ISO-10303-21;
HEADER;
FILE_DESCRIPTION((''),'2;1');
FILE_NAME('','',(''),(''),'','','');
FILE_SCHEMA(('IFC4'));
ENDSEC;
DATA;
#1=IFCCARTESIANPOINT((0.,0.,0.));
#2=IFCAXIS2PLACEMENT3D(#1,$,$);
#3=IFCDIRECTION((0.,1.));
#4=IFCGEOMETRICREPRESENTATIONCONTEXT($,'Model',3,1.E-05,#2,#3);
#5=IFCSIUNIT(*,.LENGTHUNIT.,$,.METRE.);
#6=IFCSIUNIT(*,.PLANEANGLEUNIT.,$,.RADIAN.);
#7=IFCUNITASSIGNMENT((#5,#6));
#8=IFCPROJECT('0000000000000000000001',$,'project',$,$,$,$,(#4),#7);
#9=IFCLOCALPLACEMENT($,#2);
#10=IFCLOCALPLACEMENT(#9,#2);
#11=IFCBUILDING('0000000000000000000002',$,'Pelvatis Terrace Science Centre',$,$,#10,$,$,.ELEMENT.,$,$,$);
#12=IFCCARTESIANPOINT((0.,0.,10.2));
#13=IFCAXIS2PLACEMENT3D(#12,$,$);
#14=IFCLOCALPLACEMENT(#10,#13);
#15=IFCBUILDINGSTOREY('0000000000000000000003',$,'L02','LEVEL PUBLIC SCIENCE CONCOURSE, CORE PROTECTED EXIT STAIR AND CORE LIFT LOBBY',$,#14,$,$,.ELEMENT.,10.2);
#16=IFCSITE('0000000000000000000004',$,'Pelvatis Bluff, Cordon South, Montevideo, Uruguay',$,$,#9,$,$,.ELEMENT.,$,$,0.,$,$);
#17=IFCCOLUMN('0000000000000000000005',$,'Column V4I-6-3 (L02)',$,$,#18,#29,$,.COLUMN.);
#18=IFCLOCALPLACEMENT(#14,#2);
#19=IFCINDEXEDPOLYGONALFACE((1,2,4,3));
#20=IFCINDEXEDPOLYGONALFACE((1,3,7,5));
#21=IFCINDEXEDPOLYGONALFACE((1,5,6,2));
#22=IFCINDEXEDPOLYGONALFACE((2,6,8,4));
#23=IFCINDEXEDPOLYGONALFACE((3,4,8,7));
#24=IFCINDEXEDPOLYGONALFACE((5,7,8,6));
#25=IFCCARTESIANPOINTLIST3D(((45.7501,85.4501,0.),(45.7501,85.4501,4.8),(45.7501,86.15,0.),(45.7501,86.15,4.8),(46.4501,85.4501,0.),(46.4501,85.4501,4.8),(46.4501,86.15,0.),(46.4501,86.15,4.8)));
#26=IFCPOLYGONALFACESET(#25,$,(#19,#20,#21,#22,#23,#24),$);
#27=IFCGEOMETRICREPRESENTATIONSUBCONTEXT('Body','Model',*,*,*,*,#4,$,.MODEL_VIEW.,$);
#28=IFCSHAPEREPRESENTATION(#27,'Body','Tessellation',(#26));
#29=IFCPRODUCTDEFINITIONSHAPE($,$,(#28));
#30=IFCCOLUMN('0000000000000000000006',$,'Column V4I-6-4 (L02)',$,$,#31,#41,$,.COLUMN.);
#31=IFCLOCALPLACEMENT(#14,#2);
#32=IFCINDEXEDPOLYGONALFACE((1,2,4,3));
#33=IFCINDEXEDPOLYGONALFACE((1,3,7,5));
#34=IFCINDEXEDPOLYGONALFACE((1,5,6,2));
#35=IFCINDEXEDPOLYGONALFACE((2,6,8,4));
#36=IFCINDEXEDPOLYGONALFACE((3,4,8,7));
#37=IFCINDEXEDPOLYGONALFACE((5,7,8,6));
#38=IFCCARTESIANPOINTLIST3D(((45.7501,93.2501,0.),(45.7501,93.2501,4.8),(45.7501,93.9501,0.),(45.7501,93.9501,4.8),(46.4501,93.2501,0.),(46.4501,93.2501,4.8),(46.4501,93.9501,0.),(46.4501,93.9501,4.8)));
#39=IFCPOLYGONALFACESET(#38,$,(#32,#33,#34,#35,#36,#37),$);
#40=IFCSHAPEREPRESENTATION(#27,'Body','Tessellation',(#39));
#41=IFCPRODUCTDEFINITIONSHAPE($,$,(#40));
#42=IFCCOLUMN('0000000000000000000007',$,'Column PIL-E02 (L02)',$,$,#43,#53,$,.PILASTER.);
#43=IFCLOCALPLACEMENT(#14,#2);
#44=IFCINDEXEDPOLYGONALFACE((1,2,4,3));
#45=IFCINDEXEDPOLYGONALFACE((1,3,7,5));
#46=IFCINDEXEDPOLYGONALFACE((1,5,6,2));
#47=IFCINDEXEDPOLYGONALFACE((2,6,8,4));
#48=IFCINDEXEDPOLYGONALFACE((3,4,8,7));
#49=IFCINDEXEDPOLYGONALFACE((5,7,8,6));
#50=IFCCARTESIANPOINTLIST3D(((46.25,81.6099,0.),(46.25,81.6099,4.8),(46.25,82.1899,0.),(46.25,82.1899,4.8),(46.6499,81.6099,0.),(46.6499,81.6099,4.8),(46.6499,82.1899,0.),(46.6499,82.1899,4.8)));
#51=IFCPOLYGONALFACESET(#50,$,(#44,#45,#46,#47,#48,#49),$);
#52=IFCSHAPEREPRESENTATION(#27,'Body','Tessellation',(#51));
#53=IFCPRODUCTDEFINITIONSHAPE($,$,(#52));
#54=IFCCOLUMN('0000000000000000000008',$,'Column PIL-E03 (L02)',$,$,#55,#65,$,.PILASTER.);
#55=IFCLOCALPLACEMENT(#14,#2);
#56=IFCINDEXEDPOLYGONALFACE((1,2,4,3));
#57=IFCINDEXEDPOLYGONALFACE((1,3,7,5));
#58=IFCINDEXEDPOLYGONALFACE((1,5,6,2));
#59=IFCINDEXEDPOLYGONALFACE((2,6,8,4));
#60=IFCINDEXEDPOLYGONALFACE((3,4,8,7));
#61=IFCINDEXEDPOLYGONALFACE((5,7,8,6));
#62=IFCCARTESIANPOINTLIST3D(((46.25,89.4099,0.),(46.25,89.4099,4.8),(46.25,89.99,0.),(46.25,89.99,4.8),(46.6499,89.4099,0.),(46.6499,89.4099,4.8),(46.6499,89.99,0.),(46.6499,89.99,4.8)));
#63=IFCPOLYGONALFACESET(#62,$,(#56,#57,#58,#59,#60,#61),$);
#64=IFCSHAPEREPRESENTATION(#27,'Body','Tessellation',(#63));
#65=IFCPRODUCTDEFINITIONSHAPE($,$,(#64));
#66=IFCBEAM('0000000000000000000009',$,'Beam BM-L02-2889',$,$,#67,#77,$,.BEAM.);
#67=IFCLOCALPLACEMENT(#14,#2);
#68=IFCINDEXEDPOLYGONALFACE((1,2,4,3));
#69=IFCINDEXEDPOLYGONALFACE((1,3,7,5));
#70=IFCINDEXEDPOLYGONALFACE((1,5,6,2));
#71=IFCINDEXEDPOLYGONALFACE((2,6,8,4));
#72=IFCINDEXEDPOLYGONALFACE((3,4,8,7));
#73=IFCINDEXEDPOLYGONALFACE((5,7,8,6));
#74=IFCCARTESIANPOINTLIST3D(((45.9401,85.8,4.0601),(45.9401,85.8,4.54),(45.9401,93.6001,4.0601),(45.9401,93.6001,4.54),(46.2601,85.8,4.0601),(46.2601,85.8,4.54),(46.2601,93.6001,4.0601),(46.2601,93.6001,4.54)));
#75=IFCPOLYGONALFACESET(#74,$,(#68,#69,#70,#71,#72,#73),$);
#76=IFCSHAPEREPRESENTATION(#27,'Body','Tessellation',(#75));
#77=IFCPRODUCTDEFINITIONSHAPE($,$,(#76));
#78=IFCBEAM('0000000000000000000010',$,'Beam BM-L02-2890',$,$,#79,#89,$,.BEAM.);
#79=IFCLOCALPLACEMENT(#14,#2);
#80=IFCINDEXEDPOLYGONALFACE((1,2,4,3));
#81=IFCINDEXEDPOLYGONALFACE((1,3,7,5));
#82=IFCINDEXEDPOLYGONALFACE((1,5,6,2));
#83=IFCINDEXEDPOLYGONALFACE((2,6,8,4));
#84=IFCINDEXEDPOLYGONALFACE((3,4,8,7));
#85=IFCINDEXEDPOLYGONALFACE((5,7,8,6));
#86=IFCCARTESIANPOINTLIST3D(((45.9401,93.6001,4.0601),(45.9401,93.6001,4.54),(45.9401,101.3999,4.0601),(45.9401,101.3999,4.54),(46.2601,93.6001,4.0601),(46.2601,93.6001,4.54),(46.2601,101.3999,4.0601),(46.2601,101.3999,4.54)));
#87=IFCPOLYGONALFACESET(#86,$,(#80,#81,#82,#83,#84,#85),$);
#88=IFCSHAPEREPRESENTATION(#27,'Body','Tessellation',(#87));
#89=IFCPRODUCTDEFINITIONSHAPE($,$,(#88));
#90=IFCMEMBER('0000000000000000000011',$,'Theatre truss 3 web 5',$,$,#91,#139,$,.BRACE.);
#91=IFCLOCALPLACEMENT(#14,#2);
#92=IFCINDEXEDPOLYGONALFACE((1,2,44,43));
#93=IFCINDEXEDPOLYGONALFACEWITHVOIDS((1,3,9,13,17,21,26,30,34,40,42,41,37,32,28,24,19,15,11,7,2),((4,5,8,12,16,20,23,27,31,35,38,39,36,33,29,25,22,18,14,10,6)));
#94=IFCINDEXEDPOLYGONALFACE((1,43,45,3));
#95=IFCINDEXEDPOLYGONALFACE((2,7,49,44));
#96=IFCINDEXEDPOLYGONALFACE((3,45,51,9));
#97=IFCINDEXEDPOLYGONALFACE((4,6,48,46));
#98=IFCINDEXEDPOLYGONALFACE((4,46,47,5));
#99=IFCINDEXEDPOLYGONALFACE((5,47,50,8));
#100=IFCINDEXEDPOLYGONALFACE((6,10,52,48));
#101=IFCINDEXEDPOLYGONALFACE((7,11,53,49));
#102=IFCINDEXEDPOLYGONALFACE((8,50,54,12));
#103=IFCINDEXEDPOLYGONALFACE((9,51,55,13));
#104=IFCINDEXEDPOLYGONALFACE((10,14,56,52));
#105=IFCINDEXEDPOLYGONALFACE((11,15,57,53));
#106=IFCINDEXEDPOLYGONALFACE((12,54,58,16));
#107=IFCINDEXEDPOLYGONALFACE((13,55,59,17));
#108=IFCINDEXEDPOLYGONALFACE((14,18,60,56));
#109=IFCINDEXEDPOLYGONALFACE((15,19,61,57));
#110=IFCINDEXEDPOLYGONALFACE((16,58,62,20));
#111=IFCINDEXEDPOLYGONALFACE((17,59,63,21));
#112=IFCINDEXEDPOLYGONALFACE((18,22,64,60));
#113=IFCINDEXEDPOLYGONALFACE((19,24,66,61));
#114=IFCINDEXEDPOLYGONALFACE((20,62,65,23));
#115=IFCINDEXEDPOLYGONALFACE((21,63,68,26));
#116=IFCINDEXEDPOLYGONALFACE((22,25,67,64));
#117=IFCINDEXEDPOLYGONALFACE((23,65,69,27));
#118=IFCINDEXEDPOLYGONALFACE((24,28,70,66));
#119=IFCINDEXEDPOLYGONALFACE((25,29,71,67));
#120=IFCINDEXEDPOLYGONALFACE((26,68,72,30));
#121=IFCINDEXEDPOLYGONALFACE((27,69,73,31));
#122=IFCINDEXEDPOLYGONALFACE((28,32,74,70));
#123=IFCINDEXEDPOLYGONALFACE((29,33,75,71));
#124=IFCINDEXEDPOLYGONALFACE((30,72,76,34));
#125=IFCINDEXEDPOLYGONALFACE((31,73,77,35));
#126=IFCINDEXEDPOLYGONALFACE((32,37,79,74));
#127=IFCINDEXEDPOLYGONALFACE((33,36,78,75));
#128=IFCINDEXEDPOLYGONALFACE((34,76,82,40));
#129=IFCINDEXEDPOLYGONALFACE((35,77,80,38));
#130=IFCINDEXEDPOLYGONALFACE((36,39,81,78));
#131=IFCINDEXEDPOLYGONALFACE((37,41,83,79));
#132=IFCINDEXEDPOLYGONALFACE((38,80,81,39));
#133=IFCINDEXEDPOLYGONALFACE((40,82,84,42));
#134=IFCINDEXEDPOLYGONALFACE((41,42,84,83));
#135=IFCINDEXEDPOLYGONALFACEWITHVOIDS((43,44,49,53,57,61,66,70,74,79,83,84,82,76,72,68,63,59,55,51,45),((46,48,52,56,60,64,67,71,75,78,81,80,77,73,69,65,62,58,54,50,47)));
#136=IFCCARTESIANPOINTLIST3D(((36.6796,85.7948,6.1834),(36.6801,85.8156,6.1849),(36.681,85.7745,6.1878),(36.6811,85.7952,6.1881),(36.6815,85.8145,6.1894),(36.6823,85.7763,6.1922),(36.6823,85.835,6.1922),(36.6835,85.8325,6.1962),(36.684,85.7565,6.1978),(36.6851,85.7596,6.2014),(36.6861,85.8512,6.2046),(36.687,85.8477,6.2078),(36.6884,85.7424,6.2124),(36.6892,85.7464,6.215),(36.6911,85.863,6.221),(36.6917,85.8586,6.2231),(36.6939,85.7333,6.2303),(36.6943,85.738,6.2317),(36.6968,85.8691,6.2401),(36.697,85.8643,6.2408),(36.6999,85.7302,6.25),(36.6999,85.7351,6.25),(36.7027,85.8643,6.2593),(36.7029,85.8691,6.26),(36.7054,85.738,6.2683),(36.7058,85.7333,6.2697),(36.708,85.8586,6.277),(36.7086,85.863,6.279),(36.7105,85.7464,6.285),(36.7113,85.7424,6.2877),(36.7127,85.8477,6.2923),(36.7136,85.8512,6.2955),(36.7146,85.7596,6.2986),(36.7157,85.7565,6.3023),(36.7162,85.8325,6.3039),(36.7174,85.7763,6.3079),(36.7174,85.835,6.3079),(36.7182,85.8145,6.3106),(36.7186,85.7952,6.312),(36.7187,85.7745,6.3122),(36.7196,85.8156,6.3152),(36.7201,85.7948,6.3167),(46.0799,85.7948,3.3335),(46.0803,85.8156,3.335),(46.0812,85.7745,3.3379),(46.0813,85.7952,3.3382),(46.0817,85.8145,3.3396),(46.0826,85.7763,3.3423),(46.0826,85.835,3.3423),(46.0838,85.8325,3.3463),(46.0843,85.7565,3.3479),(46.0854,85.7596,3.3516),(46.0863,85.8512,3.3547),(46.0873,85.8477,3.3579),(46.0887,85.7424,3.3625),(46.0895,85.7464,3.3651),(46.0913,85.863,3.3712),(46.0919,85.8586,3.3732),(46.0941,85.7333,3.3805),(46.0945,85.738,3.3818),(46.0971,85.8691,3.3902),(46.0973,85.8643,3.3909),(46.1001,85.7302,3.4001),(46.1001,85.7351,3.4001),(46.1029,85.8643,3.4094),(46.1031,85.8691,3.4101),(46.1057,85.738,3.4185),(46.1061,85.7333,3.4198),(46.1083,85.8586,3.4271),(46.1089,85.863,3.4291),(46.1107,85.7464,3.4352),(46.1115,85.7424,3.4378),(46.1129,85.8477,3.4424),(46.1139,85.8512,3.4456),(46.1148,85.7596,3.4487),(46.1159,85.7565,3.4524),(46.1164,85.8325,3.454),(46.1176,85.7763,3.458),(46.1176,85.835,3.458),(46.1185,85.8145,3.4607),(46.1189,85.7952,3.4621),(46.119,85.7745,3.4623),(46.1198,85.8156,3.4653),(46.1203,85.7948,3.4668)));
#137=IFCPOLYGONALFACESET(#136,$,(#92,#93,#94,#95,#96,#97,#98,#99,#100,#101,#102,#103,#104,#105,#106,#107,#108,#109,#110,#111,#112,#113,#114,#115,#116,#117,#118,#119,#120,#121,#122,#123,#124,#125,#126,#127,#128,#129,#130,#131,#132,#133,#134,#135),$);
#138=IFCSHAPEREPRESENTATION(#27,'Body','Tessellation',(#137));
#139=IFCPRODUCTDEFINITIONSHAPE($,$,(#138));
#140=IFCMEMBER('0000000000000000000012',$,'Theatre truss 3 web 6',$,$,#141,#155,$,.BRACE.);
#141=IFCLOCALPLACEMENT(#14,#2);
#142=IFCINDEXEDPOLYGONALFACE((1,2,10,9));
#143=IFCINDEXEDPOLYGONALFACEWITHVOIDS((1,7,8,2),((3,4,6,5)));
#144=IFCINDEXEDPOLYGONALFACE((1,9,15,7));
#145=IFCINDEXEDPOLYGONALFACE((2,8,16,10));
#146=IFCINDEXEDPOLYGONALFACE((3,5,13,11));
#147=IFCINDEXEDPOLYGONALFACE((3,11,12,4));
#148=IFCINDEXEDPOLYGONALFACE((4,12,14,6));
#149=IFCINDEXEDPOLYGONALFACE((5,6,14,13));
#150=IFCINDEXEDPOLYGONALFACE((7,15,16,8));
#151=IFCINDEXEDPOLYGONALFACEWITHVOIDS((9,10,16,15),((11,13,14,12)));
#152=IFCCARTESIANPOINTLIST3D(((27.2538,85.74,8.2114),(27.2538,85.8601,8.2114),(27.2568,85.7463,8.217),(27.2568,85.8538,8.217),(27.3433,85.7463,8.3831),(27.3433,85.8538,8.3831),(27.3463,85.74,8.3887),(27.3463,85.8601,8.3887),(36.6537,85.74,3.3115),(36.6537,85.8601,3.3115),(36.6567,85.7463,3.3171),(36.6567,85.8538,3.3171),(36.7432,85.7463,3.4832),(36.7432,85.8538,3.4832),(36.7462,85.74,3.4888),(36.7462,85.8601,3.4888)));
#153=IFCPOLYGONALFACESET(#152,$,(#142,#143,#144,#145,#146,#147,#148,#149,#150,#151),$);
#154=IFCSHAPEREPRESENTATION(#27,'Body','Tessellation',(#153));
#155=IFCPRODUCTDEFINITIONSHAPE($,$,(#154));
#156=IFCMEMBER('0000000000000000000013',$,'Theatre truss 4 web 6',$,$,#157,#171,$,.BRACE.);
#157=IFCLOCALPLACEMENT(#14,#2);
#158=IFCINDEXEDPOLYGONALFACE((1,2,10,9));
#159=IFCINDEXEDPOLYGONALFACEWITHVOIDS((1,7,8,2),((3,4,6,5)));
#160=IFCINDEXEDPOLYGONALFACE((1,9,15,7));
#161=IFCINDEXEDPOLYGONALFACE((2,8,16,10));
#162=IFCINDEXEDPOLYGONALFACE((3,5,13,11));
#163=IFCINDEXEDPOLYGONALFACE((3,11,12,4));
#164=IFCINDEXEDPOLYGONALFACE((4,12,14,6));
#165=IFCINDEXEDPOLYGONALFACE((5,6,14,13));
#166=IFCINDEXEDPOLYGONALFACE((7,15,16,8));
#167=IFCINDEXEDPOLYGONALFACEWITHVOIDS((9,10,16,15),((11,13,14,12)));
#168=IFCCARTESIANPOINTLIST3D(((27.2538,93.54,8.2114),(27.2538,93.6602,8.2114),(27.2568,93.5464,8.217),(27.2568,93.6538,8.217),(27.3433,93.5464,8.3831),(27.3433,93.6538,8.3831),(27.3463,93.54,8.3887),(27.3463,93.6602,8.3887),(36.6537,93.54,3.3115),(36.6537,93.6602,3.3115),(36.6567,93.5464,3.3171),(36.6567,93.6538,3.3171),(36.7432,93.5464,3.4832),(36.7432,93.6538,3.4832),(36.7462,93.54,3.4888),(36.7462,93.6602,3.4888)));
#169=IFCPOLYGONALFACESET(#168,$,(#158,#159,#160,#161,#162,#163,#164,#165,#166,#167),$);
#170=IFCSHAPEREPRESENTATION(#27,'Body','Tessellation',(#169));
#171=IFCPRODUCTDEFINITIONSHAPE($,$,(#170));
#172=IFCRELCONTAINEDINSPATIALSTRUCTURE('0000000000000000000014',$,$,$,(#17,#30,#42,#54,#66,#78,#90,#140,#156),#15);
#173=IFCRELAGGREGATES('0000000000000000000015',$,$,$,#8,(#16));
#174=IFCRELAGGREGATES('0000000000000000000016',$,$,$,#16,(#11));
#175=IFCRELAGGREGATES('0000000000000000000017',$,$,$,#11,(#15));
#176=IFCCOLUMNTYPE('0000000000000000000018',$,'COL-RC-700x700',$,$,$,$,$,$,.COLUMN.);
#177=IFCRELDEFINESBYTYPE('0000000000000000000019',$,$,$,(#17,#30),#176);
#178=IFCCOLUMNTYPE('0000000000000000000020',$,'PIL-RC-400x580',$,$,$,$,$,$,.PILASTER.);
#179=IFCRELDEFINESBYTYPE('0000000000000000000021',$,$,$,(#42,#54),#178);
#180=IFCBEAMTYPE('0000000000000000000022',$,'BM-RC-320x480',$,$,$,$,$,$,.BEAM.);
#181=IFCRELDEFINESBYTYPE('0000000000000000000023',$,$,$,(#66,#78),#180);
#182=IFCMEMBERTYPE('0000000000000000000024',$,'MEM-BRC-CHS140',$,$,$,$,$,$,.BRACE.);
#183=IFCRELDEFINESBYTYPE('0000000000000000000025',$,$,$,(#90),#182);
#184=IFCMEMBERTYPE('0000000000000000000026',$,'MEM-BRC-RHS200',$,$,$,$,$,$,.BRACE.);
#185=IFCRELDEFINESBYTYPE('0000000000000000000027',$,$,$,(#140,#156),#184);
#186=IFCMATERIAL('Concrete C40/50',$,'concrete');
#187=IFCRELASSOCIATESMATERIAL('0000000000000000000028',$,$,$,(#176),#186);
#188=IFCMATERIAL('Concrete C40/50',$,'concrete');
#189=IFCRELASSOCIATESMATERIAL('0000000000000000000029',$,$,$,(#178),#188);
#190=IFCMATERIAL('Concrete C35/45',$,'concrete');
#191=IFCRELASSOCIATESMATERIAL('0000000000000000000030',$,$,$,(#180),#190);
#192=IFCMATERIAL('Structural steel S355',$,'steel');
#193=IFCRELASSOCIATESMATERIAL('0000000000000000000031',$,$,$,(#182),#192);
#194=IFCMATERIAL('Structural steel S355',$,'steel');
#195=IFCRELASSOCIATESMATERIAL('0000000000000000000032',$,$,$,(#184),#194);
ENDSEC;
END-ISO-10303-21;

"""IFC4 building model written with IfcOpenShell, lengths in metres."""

from ifc_helpers import new_model, si_unit, direction, frame, origin, origin_2d, place, context, subcontext, project, spatial, rectangle, hollow_rectangle, hollow_circle, extrude, material, material_profile, profile_set, type_object, element, save


model = new_model("IFC4")

# Units and contexts
model_context = context("Model", 3, precision=1e-05, world=origin(), true_north=direction((0.0, 1.0)))
body_context = subcontext(model_context, "Body", "Model", "MODEL_VIEW")
ifc_project = project(units=[si_unit("LENGTHUNIT", "METRE"), si_unit("PLANEANGLEUNIT", "RADIAN")], contexts=[model_context])

# Site, building, storey
site_placement = place(None, origin())
site = spatial("IfcSite", under=ifc_project, at=site_placement, Name="Pelvatis Bluff, Cordon South, Montevideo, Uruguay", CompositionType="ELEMENT", RefElevation=0.0)
building_placement = place(site_placement, origin())
building = spatial("IfcBuilding", under=site, at=building_placement, Name="Pelvatis Terrace Science Centre", CompositionType="ELEMENT")
storey_placement = place(building_placement, frame((0.0, 0.0, 10.2)))
storey = spatial("IfcBuildingStorey", under=building, at=storey_placement, Name="L02", Description="LEVEL PUBLIC SCIENCE CONCOURSE, CORE PROTECTED EXIT STAIR AND CORE LIFT LOBBY", CompositionType="ELEMENT", Elevation=10.2)

# Columns
ifc_material_1 = material(Name="Concrete C40/50", Category="concrete")
ifc_material_profile_1 = material_profile(ifc_material_1, rectangle(XDim=0.7, YDim=0.7, at=origin_2d()), Name="RC-COL 700x700")
ifc_profile_set_1 = profile_set([ifc_material_profile_1], Name="Concrete C40/50")
column_type_1 = type_object("IfcColumnType", Name="COL-RC-700x700", PredefinedType="COLUMN", material=ifc_profile_set_1)
for number, where, z_axis, x_axis, name in (
    (1, (46.1001, 85.8, 0.0), (0.0, 0.0, 1.0), (1.0, 0.0, 0.0), "Column V4I-6-3 (L02)"),
    (2, (46.1001, 93.6001, 0.0), (0.0, 0.0, 1.0), (1.0, 0.0, 0.0), "Column V4I-6-4 (L02)"),
):
    element("IfcColumn", number, at=place(storey_placement, frame(where, z_axis=z_axis, x_axis=x_axis)), inside=storey, type_object=column_type_1, Name=name, PredefinedType="COLUMN", context=body_context, shape_type="SweptSolid", body=[
        extrude(rectangle(XDim=0.7, YDim=0.7, at=origin_2d()), origin(), (0.0, 0.0, 1.0), 4.8),
    ])
ifc_material_2 = material(Name="Concrete C40/50", Category="concrete")
ifc_material_profile_2 = material_profile(ifc_material_2, rectangle(XDim=0.3999, YDim=0.5801, at=origin_2d()), Name="RC-PIL 400x580")
ifc_profile_set_2 = profile_set([ifc_material_profile_2], Name="Concrete C40/50")
column_type_2 = type_object("IfcColumnType", Name="PIL-RC-400x580", PredefinedType="PILASTER", material=ifc_profile_set_2)
for number, where, z_axis, x_axis, name in (
    (3, (46.45, 81.8999, 0.0), (0.0, 0.0, 1.0), (1.0, 0.0, 0.0), "Column PIL-E02 (L02)"),
    (4, (46.45, 89.7, 0.0), (0.0, 0.0, 1.0), (1.0, 0.0, 0.0), "Column PIL-E03 (L02)"),
):
    element("IfcColumn", number, at=place(storey_placement, frame(where, z_axis=z_axis, x_axis=x_axis)), inside=storey, type_object=column_type_2, Name=name, PredefinedType="PILASTER", context=body_context, shape_type="SweptSolid", body=[
        extrude(rectangle(XDim=0.3999, YDim=0.5801, at=origin_2d()), origin(), (0.0, 0.0, 1.0), 4.8),
    ])

# Beams
ifc_material_3 = material(Name="Concrete C35/45", Category="concrete")
ifc_material_profile_3 = material_profile(ifc_material_3, rectangle(XDim=0.3201, YDim=0.48, at=origin_2d()), Name="RC-BM 320x480")
ifc_profile_set_3 = profile_set([ifc_material_profile_3], Name="Concrete C35/45")
beam_type = type_object("IfcBeamType", Name="BM-RC-320x480", PredefinedType="BEAM", material=ifc_profile_set_3)
beam_1_placement = place(storey_placement, frame((46.1001, 85.8, 4.3), z_axis=(0.0, 1.0, 0.0), x_axis=(-1.0, 0.0, 0.0)))
element("IfcBeam", 5, at=beam_1_placement, inside=storey, type_object=beam_type, Name="Beam BM-L02-2889", PredefinedType="BEAM", context=body_context, shape_type="SweptSolid", body=[
    extrude(rectangle(XDim=0.3201, YDim=0.48, at=origin_2d()), origin(), (0.0, 0.0, 1.0), 7.8),
])
beam_2_placement = place(storey_placement, frame((46.1001, 93.6001, 4.3), z_axis=(0.0, 1.0, 0.0), x_axis=(-1.0, 0.0, 0.0)))
element("IfcBeam", 6, at=beam_2_placement, inside=storey, type_object=beam_type, Name="Beam BM-L02-2890", PredefinedType="BEAM", context=body_context, shape_type="SweptSolid", body=[
    extrude(rectangle(XDim=0.3201, YDim=0.48, at=origin_2d()), origin(), (0.0, 0.0, 1.0), 7.7998),
])

# Members
ifc_material_4 = material(Name="Structural steel S355", Category="steel")
ifc_material_profile_4 = material_profile(ifc_material_4, hollow_circle(Radius=0.0698, WallThickness=0.0049, at=origin_2d()), Name="CHS 139.7x5.0")
ifc_profile_set_4 = profile_set([ifc_material_profile_4], Name="Structural steel S355")
member_type_1 = type_object("IfcMemberType", Name="MEM-BRC-CHS140", PredefinedType="BRACE", material=ifc_profile_set_4)
member_placement = place(storey_placement, frame((46.1001, 85.8, 3.4001), z_axis=(-0.956987, 0.0, 0.290131), x_axis=(0.0, -1.0, 0.0)))
element("IfcMember", 7, at=member_placement, inside=storey, type_object=member_type_1, Name="Theatre truss 3 web 5", PredefinedType="BRACE", context=body_context, shape_type="SweptSolid", body=[
    extrude(hollow_circle(Radius=0.0698, WallThickness=0.0049, at=origin_2d()), origin(), (0.0, 0.0, 1.0), 9.8228),
])
ifc_material_5 = material(Name="Structural steel S355", Category="steel")
ifc_material_profile_5 = material_profile(ifc_material_5, hollow_rectangle(XDim=0.1201, YDim=0.2, WallThickness=0.0063, at=origin_2d()), Name="RHS 200x120x6.3")
ifc_profile_set_5 = profile_set([ifc_material_profile_5], Name="Structural steel S355")
member_type_2 = type_object("IfcMemberType", Name="MEM-BRC-RHS200", PredefinedType="BRACE", material=ifc_profile_set_5)
for number, where, z_axis, x_axis, name in (
    (8, (36.7, 85.8, 3.4001), (-0.886755, 0.0, 0.46224), (0.0, -1.0, 0.0), "Theatre truss 3 web 6"),
    (9, (36.7, 93.6001, 3.4001), (-0.886755, 0.0, 0.46224), (0.0, -1.0, 0.0), "Theatre truss 4 web 6"),
):
    element("IfcMember", number, at=place(storey_placement, frame(where, z_axis=z_axis, x_axis=x_axis)), inside=storey, type_object=member_type_2, Name=name, PredefinedType="BRACE", context=body_context, shape_type="SweptSolid", body=[
        extrude(hollow_rectangle(XDim=0.1201, YDim=0.2, WallThickness=0.0063, at=origin_2d()), origin(), (0.0, 0.0, 1.0), 10.6003),
    ])

save(model, "model.ifc")
